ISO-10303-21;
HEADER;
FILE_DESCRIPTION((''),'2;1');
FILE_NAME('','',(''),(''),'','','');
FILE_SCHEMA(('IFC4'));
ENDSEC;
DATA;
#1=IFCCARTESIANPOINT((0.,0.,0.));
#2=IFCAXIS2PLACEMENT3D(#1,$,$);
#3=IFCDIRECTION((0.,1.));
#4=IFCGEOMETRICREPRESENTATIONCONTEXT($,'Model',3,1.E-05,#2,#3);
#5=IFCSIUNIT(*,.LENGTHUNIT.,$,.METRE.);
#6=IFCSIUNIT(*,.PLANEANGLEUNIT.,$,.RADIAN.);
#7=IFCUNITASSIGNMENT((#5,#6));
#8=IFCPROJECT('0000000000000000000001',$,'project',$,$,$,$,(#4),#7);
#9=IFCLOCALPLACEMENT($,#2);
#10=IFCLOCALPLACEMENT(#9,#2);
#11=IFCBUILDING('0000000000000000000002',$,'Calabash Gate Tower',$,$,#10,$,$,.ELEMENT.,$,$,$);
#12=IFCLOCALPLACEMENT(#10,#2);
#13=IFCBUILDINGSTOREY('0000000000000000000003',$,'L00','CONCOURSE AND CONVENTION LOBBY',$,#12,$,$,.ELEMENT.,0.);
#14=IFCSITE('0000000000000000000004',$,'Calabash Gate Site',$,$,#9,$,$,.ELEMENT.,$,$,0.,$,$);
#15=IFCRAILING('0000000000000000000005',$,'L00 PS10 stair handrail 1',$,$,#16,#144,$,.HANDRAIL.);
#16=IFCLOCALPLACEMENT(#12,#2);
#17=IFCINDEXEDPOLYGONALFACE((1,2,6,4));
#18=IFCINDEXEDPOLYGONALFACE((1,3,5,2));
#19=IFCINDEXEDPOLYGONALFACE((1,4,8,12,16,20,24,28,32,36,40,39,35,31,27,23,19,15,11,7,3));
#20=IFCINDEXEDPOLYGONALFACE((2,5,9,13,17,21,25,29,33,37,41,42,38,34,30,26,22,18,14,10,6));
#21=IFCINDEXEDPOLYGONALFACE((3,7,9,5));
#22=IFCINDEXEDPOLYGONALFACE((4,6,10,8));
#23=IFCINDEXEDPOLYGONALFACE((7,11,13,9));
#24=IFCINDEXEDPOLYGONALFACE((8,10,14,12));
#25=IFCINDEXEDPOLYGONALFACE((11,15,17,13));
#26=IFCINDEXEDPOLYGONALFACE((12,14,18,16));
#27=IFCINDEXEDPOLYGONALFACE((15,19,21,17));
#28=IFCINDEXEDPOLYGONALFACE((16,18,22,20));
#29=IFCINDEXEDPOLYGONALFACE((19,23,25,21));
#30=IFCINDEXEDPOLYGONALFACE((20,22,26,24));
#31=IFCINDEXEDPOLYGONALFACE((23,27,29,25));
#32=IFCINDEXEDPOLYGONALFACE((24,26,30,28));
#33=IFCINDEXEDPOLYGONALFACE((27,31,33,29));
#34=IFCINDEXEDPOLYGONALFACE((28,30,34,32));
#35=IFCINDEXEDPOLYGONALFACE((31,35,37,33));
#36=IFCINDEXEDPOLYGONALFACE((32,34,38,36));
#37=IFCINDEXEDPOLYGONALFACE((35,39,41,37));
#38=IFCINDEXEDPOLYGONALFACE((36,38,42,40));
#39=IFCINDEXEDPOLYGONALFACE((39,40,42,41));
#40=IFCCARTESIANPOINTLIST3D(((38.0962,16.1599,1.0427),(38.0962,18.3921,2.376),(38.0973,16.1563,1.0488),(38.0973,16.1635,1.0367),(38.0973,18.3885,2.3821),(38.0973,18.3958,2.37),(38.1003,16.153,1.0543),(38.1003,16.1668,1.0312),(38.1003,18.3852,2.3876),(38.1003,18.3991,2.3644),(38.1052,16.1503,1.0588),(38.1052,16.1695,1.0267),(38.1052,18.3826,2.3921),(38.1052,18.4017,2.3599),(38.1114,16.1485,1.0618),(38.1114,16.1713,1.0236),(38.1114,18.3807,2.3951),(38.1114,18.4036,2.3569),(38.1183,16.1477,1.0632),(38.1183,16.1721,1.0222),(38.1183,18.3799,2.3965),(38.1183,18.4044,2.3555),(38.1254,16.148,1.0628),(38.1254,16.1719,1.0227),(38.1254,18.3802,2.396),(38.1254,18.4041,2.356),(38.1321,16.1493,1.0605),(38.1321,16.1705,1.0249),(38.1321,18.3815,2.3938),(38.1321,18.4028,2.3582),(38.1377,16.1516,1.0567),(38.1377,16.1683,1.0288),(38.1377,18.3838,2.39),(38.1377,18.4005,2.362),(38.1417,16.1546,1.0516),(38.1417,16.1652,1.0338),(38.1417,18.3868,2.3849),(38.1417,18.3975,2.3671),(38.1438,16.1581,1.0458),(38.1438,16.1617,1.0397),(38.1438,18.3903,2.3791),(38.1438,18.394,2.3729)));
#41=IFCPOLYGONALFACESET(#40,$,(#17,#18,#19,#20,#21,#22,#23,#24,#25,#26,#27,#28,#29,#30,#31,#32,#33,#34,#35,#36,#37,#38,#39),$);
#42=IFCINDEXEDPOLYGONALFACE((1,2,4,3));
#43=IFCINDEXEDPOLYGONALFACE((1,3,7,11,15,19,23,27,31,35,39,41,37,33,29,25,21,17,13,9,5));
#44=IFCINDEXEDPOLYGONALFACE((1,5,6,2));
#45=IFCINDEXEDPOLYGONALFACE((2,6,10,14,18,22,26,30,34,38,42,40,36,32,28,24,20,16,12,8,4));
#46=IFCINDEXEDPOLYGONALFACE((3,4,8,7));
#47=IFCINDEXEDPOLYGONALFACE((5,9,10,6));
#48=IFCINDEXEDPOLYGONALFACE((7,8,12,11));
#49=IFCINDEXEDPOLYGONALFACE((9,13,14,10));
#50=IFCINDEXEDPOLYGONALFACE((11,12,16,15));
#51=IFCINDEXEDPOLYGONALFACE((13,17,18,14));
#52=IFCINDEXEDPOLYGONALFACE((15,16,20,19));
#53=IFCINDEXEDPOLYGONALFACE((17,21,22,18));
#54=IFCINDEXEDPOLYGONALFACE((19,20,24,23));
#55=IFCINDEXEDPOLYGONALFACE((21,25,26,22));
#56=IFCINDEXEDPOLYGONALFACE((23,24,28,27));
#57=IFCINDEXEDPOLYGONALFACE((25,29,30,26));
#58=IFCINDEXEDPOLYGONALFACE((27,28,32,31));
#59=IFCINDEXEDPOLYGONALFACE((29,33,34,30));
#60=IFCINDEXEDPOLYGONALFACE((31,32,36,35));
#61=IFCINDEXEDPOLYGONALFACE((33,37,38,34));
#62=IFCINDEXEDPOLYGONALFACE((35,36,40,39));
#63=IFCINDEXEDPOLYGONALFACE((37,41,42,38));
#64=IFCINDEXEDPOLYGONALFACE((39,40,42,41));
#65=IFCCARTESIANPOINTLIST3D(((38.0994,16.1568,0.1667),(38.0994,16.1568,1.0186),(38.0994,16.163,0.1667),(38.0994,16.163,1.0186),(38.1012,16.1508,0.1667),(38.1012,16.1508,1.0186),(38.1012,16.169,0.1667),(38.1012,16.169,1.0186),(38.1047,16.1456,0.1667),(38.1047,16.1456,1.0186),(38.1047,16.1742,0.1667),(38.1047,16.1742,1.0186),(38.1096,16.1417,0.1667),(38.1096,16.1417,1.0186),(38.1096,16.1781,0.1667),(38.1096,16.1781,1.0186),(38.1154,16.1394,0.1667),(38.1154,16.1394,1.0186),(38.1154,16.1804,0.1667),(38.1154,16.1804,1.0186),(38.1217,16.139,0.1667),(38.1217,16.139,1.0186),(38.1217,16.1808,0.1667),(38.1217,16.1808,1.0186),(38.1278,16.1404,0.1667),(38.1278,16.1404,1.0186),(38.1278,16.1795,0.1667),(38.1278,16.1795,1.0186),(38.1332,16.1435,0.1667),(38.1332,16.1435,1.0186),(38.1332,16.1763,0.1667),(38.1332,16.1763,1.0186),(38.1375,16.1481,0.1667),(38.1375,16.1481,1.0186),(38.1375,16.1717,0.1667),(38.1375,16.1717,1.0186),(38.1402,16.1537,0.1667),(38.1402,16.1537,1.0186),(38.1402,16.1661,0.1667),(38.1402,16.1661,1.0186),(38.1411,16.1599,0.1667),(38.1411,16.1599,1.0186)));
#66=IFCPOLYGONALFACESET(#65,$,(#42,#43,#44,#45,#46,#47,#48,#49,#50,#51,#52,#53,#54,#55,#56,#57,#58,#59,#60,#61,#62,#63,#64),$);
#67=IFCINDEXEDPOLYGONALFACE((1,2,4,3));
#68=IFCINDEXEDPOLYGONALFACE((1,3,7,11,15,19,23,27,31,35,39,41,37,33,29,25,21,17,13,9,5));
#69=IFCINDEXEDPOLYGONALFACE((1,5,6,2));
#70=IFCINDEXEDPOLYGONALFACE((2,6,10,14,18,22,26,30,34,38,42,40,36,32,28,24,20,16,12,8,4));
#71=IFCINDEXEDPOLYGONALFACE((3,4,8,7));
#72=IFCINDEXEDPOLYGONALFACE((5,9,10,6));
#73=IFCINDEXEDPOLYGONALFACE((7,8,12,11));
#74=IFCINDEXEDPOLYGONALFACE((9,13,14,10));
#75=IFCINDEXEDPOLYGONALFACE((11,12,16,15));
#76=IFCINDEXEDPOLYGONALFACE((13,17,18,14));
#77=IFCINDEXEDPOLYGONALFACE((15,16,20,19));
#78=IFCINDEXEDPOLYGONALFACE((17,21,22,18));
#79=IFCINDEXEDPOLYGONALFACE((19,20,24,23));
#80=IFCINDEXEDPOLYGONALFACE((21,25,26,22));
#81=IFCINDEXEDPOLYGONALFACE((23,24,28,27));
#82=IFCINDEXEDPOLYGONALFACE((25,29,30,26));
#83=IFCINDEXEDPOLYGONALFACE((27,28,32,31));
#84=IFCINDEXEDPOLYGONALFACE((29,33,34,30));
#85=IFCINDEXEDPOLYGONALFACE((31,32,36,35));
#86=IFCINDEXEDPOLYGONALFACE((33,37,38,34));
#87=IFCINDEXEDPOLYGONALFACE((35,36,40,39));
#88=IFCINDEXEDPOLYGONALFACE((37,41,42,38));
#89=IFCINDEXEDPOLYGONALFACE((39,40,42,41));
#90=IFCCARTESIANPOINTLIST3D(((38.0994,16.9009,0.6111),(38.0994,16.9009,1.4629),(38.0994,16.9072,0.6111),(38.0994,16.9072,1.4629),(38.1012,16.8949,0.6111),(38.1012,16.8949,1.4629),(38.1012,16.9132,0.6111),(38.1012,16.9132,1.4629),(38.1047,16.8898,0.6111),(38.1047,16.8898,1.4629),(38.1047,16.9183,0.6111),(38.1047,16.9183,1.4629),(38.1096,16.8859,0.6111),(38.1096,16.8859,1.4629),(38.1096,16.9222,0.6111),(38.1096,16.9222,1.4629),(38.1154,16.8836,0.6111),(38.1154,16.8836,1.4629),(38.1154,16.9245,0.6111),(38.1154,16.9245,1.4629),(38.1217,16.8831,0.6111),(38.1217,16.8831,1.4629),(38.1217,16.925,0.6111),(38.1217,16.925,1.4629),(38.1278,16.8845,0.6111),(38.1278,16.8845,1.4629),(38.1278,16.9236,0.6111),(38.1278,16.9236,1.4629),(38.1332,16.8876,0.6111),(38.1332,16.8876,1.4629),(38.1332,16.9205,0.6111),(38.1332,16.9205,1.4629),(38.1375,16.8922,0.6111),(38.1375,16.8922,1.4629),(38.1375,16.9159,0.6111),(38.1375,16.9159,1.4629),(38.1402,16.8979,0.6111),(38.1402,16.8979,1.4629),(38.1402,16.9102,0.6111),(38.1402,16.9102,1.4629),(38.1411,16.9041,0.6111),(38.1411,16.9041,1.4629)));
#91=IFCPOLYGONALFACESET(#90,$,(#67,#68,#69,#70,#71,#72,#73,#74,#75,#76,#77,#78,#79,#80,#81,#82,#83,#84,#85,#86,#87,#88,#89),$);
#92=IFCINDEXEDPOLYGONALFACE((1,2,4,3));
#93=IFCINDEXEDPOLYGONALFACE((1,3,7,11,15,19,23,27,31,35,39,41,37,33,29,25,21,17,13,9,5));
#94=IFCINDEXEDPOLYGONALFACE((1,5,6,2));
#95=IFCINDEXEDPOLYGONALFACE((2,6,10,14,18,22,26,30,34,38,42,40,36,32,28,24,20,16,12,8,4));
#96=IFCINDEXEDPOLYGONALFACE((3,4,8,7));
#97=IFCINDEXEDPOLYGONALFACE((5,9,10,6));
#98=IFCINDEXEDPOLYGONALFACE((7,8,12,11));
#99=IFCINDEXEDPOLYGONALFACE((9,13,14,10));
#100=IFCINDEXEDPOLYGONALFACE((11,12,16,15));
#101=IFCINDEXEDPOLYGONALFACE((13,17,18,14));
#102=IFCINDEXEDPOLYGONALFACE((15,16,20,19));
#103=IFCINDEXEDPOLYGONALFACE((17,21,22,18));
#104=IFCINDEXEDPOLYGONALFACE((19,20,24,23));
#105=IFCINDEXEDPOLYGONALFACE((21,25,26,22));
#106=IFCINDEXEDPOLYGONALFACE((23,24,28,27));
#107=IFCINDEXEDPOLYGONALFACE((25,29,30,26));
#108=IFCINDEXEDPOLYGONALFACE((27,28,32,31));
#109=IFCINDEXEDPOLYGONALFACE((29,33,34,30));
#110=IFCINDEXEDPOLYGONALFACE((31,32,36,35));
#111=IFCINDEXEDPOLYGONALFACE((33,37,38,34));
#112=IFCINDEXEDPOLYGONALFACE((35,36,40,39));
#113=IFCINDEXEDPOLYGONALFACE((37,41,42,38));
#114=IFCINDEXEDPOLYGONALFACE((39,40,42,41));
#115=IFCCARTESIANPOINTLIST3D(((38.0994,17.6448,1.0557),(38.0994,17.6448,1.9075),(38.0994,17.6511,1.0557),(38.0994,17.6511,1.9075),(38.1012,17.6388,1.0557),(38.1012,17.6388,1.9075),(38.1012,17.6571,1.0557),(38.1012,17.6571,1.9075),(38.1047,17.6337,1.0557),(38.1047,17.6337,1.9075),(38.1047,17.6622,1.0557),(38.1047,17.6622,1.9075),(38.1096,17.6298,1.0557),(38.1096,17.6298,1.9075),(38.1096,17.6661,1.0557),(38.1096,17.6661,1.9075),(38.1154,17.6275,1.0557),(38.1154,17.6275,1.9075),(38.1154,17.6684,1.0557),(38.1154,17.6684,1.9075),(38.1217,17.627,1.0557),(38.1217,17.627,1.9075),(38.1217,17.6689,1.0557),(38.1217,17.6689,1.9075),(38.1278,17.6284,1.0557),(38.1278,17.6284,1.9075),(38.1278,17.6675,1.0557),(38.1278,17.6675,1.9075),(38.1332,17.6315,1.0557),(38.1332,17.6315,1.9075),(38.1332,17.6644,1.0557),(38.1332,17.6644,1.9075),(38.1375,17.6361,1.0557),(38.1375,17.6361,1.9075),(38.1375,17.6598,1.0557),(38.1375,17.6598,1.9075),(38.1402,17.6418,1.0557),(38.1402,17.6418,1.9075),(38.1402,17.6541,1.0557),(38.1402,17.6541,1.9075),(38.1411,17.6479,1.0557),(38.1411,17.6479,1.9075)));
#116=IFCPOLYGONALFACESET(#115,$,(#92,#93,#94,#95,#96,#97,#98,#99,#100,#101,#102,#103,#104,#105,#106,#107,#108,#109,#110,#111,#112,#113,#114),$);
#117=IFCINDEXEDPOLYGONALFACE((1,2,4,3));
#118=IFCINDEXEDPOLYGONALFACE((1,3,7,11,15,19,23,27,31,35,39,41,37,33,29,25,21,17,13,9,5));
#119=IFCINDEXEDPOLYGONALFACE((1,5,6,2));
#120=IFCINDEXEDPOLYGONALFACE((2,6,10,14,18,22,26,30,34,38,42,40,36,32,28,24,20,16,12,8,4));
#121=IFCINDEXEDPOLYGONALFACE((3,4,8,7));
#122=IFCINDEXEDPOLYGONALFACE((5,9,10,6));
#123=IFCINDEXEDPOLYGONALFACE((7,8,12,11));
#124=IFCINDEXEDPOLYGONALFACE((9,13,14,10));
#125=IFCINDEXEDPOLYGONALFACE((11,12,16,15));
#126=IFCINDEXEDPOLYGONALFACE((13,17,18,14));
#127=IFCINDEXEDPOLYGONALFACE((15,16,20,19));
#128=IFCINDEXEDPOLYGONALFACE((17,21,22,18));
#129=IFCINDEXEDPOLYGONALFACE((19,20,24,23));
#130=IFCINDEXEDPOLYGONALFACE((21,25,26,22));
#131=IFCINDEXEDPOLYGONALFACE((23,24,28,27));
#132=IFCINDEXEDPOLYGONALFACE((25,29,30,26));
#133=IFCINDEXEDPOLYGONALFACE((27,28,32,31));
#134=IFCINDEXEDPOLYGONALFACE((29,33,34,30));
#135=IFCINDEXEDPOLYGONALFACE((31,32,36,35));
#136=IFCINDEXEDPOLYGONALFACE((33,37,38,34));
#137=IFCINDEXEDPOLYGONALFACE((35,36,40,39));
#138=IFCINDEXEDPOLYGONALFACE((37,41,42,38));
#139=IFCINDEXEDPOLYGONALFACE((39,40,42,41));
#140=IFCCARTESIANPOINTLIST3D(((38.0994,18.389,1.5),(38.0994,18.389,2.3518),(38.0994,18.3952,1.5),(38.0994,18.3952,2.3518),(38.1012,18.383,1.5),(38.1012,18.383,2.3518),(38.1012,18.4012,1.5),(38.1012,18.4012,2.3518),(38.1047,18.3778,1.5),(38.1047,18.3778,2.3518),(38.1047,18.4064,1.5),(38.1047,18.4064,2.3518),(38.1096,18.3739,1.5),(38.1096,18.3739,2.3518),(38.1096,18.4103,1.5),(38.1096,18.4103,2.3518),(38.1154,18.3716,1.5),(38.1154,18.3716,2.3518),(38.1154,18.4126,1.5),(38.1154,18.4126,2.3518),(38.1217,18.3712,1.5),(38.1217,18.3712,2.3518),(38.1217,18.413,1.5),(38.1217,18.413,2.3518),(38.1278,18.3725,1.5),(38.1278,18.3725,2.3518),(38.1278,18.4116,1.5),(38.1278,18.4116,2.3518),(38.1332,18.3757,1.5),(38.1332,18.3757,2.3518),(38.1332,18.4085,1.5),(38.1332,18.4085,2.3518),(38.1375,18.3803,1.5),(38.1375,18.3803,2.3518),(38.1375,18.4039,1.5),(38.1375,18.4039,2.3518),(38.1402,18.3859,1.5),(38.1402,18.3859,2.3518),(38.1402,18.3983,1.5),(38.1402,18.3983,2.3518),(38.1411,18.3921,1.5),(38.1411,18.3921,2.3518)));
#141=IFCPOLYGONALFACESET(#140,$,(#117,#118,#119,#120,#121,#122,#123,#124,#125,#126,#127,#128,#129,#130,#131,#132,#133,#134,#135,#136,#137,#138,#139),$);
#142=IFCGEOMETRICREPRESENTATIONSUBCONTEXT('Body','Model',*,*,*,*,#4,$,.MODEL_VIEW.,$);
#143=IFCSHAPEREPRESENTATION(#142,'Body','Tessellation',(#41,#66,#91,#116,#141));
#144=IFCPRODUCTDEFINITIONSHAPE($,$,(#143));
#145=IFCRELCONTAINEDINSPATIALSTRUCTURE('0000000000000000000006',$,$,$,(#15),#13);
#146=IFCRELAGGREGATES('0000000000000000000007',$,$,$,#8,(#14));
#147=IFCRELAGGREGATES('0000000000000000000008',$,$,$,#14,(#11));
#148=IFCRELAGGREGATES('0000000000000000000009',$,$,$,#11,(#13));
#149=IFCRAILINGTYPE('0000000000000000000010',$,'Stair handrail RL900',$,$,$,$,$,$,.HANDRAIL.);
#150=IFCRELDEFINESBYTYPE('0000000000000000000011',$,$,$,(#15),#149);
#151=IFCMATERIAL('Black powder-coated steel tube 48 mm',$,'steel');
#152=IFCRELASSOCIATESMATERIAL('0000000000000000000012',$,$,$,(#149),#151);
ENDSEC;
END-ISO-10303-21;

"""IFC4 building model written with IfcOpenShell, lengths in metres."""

from ifc_helpers import new_model, si_unit, direction, frame, origin, origin_2d, place, context, subcontext, project, spatial, circle, extrude, material, type_object, element, save


model = new_model("IFC4")

# Units and contexts
model_context = context("Model", 3, precision=1e-05, world=origin(), true_north=direction((0.0, 1.0)))
body_context = subcontext(model_context, "Body", "Model", "MODEL_VIEW")
ifc_project = project(units=[si_unit("LENGTHUNIT", "METRE"), si_unit("PLANEANGLEUNIT", "RADIAN")], contexts=[model_context])

# Site, building, storey
site_placement = place(None, origin())
site = spatial("IfcSite", under=ifc_project, at=site_placement, Name="Calabash Gate Site", CompositionType="ELEMENT", RefElevation=0.0)
building_placement = place(site_placement, origin())
building = spatial("IfcBuilding", under=site, at=building_placement, Name="Calabash Gate Tower", CompositionType="ELEMENT")
storey_placement = place(building_placement, origin())
storey = spatial("IfcBuildingStorey", under=building, at=storey_placement, Name="L00", Description="CONCOURSE AND CONVENTION LOBBY", CompositionType="ELEMENT", Elevation=0.0)

# Railing
ifc_material_1 = material(Name="Black powder-coated steel tube 48 mm", Category="steel")
railing_type_1 = type_object("IfcRailingType", Name="Stair handrail RL900", PredefinedType="HANDRAIL", material=ifc_material_1)
railing_1_placement = place(storey_placement, frame((38.1201, 16.1599, 0.1667)))
element("IfcRailing", 1, at=railing_1_placement, inside=storey, type_object=railing_type_1, Name="L00 PS10 stair handrail 1", PredefinedType="HANDRAIL", context=body_context, shape_type="SweptSolid", body=[
    extrude(circle(Radius=0.0239, at=origin_2d()), frame((0.0, 0.0, 0.876), z_axis=(0.0, 0.858519, 0.512782), x_axis=(-1.0, 0.0, 0.0)), (0.0, 0.0, 1.0), 2.6001),
    extrude(circle(Radius=0.021, at=origin_2d()), origin(), (0.0, 0.0, 1.0), 0.8518),
    extrude(circle(Radius=0.021, at=origin_2d()), frame((0.0, 0.7441, 0.4443)), (0.0, 0.0, 1.0), 0.8518),
    extrude(circle(Radius=0.021, at=origin_2d()), frame((0.0, 1.488, 0.8889)), (0.0, 0.0, 1.0), 0.8518),
    extrude(circle(Radius=0.021, at=origin_2d()), frame((0.0, 2.2322, 1.3333)), (0.0, 0.0, 1.0), 0.8518),
])

save(model, "model.ifc")
